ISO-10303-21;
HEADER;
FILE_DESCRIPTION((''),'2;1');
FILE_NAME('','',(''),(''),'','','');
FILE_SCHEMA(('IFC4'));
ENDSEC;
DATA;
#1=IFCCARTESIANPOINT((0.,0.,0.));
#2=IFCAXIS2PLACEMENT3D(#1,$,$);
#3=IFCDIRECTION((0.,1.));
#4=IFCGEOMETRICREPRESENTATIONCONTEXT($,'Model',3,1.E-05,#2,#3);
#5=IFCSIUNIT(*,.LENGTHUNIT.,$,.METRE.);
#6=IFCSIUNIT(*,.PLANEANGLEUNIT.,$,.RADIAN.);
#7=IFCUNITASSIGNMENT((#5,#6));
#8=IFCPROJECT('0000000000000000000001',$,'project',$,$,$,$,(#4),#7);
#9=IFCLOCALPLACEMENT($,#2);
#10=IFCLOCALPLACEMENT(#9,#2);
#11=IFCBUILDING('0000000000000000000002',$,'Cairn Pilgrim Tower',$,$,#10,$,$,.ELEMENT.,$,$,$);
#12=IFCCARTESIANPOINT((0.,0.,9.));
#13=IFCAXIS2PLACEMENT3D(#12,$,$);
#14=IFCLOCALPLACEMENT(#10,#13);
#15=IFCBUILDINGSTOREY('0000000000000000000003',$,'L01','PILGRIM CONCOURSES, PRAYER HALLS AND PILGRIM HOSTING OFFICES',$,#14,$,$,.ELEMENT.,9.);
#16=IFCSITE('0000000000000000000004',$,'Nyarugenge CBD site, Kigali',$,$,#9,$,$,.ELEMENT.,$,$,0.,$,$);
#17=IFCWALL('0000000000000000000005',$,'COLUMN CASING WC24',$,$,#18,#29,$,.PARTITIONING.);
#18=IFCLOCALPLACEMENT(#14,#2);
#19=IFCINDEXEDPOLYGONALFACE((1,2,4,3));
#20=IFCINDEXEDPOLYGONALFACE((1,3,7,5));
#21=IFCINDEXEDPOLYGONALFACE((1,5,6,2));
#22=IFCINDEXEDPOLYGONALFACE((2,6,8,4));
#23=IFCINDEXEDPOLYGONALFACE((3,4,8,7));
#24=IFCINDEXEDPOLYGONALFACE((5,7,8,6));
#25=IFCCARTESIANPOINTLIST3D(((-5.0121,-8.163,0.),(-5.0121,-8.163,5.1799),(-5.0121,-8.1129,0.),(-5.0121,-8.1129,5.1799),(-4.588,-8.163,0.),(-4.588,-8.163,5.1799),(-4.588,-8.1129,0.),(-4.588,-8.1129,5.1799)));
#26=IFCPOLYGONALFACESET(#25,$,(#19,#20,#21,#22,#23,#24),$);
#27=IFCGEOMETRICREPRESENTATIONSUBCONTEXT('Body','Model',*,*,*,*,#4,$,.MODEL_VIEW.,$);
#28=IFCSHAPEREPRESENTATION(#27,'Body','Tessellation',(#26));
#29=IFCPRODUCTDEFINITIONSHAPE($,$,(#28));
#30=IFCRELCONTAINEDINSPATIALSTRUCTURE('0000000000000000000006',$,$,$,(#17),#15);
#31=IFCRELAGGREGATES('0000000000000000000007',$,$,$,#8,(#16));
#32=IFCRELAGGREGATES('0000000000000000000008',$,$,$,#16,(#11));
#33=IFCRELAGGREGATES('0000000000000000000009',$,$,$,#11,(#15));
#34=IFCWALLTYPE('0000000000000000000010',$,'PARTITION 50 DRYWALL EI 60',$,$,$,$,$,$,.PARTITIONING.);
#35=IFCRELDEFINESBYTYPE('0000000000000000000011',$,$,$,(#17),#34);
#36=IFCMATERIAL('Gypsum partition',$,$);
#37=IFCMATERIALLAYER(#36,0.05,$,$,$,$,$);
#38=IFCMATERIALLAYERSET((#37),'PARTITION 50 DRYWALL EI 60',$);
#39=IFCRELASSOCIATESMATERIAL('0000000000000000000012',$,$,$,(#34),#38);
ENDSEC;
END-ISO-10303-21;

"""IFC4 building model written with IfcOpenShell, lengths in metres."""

from ifc_helpers import new_model, si_unit, direction, frame, frame_2d, origin, place, context, subcontext, project, spatial, rectangle, extrude, material, layer, layer_set, type_object, element, save


model = new_model("IFC4")

# Units and contexts
model_context = context("Model", 3, precision=1e-05, world=origin(), true_north=direction((0.0, 1.0)))
body_context = subcontext(model_context, "Body", "Model", "MODEL_VIEW")
ifc_project = project(units=[si_unit("LENGTHUNIT", "METRE"), si_unit("PLANEANGLEUNIT", "RADIAN")], contexts=[model_context])

# Site, building, storey
site_placement = place(None, origin())
site = spatial("IfcSite", under=ifc_project, at=site_placement, Name="Nyarugenge CBD site, Kigali", CompositionType="ELEMENT", RefElevation=0.0)
building_placement = place(site_placement, origin())
building = spatial("IfcBuilding", under=site, at=building_placement, Name="Cairn Pilgrim Tower", CompositionType="ELEMENT")
storey_placement = place(building_placement, frame((0.0, 0.0, 9.0)))
storey = spatial("IfcBuildingStorey", under=building, at=storey_placement, Name="L01", Description="PILGRIM CONCOURSES, PRAYER HALLS AND PILGRIM HOSTING OFFICES", CompositionType="ELEMENT", Elevation=9.0)

# Shared definitions
ifc_material_1 = material(Name="Gypsum partition")

# Wall
ifc_layer_1 = layer(ifc_material_1, 0.05)
ifc_layer_set_1 = layer_set([ifc_layer_1], Name="PARTITION 50 DRYWALL EI 60")
wall_type_1 = type_object("IfcWallType", Name="PARTITION 50 DRYWALL EI 60", PredefinedType="PARTITIONING", material=ifc_layer_set_1)
wall_1_placement = place(storey_placement, frame((-5.012, -8.1379, 0.0), z_axis=(0.0, 0.0, 1.0), x_axis=(1.0, 0.0, 0.0)))
element("IfcWall", 1, at=wall_1_placement, inside=storey, type_object=wall_type_1, Name="COLUMN CASING WC24", PredefinedType="PARTITIONING", context=body_context, shape_type="SweptSolid", body=[
    extrude(rectangle(XDim=0.4241, YDim=0.05, at=frame_2d((0.2119, 0.0))), origin(), (0.0, 0.0, 1.0), 5.1799),
])

save(model, "model.ifc")
